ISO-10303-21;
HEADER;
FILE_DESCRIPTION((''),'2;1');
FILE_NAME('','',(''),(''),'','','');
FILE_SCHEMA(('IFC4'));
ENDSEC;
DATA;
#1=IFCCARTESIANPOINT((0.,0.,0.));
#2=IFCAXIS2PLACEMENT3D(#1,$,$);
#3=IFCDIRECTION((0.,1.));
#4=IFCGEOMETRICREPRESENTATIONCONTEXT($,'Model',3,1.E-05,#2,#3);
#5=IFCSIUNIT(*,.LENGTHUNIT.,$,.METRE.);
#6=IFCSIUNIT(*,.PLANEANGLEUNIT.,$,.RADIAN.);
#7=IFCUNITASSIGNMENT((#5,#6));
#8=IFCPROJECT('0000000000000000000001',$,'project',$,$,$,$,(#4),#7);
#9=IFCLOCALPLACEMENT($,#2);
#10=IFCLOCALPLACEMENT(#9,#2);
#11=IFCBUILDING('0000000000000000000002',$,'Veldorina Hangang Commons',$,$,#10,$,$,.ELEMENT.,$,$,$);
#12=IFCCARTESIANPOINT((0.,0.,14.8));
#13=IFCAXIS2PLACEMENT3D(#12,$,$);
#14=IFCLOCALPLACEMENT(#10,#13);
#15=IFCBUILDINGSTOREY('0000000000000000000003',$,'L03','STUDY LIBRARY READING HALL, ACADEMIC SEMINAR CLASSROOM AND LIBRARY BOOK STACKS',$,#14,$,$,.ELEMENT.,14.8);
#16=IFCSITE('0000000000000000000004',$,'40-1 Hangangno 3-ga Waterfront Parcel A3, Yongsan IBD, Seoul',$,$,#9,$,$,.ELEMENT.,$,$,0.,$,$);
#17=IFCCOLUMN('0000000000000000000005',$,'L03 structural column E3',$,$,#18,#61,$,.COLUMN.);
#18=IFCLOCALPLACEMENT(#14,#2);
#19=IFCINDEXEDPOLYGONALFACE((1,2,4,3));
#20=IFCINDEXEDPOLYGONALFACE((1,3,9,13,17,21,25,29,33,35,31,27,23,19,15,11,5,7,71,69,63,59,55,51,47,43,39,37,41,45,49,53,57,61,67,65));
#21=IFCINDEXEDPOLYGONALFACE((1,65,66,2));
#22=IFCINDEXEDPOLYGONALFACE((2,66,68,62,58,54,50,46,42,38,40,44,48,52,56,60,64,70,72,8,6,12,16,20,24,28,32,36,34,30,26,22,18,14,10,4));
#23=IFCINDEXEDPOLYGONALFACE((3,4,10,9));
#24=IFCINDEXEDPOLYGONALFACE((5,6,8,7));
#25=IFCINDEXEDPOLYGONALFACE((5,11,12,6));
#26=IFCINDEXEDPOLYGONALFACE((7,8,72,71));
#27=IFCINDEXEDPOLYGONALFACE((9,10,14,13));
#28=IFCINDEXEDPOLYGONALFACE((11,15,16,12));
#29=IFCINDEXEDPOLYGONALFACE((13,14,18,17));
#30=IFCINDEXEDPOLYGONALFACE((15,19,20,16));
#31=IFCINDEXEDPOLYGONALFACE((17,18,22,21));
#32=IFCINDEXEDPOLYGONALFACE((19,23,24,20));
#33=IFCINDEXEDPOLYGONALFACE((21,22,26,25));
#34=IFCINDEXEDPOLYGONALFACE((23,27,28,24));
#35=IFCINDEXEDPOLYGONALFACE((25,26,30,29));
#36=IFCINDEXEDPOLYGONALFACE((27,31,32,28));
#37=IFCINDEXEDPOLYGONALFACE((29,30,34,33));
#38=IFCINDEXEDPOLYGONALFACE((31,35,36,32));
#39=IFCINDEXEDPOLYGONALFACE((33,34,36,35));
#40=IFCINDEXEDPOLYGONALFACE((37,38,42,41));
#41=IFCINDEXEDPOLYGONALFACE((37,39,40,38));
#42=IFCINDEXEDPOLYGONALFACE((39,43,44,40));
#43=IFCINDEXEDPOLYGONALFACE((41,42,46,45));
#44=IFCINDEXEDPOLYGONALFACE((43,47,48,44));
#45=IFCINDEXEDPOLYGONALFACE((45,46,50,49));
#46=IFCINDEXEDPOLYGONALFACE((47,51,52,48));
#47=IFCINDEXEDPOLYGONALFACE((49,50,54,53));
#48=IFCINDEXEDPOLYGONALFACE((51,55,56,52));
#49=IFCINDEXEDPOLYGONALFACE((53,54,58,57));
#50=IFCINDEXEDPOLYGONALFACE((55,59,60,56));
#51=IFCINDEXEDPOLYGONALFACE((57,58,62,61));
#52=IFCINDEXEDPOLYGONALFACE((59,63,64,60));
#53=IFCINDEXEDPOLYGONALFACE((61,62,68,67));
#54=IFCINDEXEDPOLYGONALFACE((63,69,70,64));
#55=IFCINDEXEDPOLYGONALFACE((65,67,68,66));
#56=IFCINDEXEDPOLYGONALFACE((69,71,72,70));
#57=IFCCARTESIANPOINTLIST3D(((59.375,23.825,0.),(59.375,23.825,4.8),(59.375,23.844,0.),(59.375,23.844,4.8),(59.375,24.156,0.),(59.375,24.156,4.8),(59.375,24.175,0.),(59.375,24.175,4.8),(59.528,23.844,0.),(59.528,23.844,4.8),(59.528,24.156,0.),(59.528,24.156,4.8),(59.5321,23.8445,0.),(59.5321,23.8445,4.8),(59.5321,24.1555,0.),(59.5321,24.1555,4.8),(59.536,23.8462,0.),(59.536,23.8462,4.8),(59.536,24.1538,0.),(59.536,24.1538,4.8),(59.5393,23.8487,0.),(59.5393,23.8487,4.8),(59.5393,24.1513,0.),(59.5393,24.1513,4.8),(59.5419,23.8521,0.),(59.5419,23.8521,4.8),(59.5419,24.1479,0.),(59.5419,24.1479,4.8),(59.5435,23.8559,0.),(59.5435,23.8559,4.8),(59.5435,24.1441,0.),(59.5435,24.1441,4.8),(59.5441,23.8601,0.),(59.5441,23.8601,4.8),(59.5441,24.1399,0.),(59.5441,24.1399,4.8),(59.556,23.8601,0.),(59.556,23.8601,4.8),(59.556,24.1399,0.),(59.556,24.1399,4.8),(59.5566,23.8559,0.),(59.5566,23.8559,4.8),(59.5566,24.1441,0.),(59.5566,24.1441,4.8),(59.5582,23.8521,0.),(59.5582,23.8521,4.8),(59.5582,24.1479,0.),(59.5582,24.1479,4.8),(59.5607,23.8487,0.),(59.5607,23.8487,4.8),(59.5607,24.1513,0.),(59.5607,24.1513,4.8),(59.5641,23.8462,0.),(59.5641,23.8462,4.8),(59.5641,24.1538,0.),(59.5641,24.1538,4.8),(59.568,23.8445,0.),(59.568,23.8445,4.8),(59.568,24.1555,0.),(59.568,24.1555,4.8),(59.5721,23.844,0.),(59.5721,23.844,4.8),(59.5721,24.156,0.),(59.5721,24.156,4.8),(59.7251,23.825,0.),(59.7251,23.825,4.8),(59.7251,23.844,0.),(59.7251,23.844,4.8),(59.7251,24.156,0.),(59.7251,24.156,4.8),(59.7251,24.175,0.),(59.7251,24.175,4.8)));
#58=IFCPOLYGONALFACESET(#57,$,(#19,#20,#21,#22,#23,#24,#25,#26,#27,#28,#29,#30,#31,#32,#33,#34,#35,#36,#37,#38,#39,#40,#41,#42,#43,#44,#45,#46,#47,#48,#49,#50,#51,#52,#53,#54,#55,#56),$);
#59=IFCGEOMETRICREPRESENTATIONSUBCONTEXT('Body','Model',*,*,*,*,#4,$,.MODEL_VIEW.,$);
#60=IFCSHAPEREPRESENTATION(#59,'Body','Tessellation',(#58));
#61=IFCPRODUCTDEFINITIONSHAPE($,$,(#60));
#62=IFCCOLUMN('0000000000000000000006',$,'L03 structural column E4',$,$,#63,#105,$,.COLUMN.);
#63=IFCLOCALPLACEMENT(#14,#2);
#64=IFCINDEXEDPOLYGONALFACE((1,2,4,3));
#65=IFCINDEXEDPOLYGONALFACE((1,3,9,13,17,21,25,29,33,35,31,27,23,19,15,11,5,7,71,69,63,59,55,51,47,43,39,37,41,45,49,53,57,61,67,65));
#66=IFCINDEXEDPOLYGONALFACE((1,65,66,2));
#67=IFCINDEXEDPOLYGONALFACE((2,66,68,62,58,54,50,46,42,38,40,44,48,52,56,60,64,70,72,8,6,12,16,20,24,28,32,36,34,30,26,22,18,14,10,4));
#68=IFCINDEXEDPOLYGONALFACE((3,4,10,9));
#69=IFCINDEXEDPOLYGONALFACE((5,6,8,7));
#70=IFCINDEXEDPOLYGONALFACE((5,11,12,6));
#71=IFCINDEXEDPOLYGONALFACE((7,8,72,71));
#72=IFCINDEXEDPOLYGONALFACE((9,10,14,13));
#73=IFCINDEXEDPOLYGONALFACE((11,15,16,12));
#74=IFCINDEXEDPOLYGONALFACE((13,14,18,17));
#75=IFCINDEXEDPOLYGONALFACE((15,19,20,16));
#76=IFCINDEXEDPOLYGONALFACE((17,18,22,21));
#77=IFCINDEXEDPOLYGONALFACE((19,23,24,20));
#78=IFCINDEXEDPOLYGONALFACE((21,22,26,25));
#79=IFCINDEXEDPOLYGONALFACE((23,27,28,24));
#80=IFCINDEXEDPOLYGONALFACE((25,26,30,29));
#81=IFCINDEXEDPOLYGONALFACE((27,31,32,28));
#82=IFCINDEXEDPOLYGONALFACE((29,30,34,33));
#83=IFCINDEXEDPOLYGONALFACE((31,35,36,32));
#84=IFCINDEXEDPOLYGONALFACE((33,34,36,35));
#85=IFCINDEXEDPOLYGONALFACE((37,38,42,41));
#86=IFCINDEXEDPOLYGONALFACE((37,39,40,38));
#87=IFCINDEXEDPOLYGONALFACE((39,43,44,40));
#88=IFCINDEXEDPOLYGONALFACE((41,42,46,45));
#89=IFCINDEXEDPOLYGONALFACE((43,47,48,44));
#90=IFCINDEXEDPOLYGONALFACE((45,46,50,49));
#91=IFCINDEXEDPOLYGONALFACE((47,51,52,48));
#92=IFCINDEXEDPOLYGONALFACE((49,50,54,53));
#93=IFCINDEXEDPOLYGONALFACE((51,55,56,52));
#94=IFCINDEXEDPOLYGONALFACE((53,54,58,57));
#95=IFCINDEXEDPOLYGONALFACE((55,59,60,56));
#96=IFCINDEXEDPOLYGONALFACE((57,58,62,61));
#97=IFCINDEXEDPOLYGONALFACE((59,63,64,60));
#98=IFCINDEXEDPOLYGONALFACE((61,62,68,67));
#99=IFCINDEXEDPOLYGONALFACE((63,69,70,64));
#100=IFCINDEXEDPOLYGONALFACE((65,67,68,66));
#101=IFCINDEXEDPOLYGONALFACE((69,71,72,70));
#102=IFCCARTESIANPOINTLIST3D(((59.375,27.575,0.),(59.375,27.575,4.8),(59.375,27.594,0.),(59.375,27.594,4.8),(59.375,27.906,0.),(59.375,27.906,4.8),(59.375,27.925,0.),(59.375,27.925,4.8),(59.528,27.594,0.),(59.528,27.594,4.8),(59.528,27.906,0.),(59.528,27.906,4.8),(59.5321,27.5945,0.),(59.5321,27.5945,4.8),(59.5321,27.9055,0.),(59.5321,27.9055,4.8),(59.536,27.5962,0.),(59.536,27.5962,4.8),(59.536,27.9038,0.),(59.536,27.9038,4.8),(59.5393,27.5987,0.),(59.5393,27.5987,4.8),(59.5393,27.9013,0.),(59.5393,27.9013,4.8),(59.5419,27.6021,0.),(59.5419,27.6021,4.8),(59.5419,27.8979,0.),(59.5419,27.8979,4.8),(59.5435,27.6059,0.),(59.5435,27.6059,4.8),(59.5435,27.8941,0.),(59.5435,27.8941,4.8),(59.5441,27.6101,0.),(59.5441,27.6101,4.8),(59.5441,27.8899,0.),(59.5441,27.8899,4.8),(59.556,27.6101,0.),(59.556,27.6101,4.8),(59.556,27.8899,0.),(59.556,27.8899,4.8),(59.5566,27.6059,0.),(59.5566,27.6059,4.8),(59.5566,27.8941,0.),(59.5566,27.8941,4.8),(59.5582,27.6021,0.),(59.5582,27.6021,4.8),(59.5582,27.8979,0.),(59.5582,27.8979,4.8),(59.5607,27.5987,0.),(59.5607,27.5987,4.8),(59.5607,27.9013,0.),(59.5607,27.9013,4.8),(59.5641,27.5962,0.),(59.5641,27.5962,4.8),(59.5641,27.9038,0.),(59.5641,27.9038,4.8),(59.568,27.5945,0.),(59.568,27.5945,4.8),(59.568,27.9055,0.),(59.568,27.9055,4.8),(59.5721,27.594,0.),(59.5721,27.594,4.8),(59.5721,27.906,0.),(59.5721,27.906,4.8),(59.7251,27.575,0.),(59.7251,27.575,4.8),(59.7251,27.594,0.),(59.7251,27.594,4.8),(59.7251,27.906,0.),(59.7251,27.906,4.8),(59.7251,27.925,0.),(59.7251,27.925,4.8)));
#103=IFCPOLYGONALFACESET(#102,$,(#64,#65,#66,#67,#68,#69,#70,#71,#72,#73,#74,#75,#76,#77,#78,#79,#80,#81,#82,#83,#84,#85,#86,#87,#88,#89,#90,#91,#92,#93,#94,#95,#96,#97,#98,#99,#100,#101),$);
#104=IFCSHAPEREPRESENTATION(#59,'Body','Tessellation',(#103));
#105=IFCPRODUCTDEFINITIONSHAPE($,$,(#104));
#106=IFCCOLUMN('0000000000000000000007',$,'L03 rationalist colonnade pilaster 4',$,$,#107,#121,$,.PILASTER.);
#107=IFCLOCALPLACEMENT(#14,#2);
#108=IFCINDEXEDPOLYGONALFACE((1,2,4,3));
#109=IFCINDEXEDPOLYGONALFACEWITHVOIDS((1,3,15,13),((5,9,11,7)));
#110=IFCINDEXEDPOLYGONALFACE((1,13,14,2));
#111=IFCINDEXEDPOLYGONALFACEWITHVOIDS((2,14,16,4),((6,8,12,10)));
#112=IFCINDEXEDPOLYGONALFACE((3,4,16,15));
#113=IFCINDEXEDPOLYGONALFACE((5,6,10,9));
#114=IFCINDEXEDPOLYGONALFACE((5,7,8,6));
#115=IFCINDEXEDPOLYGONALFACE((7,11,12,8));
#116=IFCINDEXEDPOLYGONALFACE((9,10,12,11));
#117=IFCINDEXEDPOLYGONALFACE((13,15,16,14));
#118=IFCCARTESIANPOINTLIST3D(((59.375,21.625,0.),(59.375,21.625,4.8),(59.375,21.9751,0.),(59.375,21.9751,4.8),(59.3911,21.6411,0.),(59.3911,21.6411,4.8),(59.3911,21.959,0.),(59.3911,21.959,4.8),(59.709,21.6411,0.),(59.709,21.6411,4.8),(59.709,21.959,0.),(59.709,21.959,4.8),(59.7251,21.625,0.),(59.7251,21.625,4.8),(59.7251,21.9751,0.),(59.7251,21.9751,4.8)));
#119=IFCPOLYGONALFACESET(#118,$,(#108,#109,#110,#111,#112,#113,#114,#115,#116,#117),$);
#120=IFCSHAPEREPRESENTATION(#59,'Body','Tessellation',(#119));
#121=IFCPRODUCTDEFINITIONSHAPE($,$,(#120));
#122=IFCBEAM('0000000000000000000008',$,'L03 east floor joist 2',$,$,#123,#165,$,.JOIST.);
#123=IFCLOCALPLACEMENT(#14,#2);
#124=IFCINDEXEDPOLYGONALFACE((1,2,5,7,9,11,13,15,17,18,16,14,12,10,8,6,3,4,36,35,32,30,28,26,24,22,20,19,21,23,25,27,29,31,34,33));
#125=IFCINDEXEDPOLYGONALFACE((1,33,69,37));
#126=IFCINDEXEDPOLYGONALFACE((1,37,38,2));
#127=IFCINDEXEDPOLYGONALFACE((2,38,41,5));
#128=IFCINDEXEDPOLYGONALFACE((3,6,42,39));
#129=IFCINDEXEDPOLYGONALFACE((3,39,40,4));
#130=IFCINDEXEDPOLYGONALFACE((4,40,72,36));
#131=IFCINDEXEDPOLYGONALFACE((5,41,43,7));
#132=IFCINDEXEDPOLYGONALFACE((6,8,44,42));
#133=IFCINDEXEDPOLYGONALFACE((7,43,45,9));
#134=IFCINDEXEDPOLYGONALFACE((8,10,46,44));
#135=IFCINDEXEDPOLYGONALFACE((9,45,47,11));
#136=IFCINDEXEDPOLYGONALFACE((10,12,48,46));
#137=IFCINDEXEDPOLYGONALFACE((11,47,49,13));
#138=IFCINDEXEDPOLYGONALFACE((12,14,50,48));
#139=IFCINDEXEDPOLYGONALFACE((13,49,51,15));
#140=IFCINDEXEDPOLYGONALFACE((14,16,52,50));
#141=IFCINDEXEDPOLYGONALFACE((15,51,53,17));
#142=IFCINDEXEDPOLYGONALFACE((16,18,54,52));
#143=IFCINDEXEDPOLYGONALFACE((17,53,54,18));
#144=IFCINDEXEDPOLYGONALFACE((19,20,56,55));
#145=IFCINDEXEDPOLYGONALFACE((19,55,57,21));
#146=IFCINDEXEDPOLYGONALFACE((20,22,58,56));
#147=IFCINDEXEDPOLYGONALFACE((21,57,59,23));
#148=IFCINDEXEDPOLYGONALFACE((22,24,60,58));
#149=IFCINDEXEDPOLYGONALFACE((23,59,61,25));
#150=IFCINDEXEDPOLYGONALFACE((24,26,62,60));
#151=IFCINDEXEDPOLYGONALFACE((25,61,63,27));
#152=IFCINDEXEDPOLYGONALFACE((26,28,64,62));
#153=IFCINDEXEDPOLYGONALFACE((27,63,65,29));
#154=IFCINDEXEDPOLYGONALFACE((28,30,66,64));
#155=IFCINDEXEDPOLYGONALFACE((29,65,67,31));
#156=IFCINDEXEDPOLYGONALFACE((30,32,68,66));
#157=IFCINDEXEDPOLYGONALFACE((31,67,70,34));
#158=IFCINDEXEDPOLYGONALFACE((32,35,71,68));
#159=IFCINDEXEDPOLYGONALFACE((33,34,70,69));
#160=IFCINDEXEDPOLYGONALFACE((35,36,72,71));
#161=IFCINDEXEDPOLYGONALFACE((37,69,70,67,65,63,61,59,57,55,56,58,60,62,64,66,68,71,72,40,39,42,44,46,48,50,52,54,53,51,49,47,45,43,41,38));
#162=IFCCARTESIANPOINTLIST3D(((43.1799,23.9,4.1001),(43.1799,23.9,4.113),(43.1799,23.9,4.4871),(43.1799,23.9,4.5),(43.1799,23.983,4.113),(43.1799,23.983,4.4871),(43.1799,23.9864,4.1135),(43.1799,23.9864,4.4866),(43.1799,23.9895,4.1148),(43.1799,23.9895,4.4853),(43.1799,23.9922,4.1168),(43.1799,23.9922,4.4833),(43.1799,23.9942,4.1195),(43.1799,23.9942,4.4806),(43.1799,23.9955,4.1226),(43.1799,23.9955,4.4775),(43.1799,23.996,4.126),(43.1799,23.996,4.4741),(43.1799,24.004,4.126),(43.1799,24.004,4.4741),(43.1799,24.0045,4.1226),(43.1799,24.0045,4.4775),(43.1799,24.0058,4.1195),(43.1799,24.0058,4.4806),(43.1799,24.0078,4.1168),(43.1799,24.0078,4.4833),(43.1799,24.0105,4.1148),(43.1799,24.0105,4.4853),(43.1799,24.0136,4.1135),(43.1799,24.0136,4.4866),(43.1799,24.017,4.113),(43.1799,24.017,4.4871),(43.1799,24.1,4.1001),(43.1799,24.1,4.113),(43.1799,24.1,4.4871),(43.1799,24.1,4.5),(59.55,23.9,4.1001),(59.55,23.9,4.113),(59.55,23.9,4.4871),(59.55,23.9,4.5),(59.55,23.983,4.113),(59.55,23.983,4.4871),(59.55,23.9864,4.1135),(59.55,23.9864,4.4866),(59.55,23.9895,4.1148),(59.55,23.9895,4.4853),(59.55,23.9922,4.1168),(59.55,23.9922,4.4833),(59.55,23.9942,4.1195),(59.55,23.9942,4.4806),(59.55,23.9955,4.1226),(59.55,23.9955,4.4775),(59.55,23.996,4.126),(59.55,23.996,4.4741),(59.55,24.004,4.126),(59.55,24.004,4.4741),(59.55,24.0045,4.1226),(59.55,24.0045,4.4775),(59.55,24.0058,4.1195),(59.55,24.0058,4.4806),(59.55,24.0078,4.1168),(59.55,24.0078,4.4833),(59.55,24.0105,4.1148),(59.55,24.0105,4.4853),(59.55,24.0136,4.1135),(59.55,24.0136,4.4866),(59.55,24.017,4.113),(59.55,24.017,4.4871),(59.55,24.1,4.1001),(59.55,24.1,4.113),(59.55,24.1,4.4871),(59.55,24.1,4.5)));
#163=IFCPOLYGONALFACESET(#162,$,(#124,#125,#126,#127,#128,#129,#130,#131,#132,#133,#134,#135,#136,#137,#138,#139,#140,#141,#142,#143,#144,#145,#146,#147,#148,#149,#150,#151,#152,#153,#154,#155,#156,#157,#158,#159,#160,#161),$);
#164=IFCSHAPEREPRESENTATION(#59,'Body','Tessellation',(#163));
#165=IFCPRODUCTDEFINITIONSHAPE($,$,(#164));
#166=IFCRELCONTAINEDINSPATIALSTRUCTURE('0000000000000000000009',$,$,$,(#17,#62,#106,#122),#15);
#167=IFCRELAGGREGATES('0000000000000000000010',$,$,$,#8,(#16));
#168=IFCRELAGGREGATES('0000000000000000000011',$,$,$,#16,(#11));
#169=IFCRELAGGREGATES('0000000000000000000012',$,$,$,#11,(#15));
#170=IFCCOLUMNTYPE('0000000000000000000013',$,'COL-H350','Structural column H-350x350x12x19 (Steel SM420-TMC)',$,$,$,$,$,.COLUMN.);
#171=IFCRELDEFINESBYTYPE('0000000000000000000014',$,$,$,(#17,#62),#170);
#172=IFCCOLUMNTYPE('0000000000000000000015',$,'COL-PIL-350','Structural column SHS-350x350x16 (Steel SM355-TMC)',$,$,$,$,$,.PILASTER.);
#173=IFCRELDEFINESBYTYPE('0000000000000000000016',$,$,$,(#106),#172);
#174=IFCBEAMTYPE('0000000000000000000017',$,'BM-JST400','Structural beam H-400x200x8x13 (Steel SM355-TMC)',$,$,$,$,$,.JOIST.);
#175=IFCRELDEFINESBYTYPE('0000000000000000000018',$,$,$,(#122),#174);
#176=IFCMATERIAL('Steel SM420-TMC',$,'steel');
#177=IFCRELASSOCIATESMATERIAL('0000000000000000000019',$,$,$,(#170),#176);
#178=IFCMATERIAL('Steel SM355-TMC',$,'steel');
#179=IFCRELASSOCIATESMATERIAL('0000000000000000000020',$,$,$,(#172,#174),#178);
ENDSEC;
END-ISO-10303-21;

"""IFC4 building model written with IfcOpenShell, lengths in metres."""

from ifc_helpers import new_model, si_unit, direction, frame, origin, origin_2d, place, context, subcontext, project, spatial, hollow_rectangle, i_section, extrude, material, material_profile, profile_set, type_object, element, save


model = new_model("IFC4")

# Units and contexts
model_context = context("Model", 3, precision=1e-05, world=origin(), true_north=direction((0.0, 1.0)))
body_context = subcontext(model_context, "Body", "Model", "MODEL_VIEW")
ifc_project = project(units=[si_unit("LENGTHUNIT", "METRE"), si_unit("PLANEANGLEUNIT", "RADIAN")], contexts=[model_context])

# Site, building, storey
site_placement = place(None, origin())
site = spatial("IfcSite", under=ifc_project, at=site_placement, Name="40-1 Hangangno 3-ga Waterfront Parcel A3, Yongsan IBD, Seoul", CompositionType="ELEMENT", RefElevation=0.0)
building_placement = place(site_placement, origin())
building = spatial("IfcBuilding", under=site, at=building_placement, Name="Veldorina Hangang Commons", CompositionType="ELEMENT")
storey_placement = place(building_placement, frame((0.0, 0.0, 14.8)))
storey = spatial("IfcBuildingStorey", under=building, at=storey_placement, Name="L03", Description="STUDY LIBRARY READING HALL, ACADEMIC SEMINAR CLASSROOM AND LIBRARY BOOK STACKS", CompositionType="ELEMENT", Elevation=14.8)

# Columns
ifc_material_1 = material(Name="Steel SM420-TMC", Category="steel")
ifc_material_profile_1 = material_profile(ifc_material_1, i_section(OverallWidth=0.3501, OverallDepth=0.3501, WebThickness=0.012, FlangeThickness=0.019, FilletRadius=0.0161, at=origin_2d()), Name="H-350x350x12x19")
ifc_profile_set_1 = profile_set([ifc_material_profile_1], Name="Steel SM420-TMC")
column_type_1 = type_object("IfcColumnType", Name="COL-H350", Description="Structural column H-350x350x12x19 (Steel SM420-TMC)", PredefinedType="COLUMN", material=ifc_profile_set_1)
for number, where, z_axis, x_axis, name in (
    (1, (59.55, 24.0, 0.0), (0.0, 0.0, 1.0), (1.0, 0.0, 0.0), "L03 structural column E3"),
    (2, (59.55, 27.75, 0.0), (0.0, 0.0, 1.0), (1.0, 0.0, 0.0), "L03 structural column E4"),
):
    element("IfcColumn", number, at=place(storey_placement, frame(where, z_axis=z_axis, x_axis=x_axis)), inside=storey, type_object=column_type_1, Name=name, PredefinedType="COLUMN", context=body_context, shape_type="SweptSolid", body=[
        extrude(i_section(OverallWidth=0.3501, OverallDepth=0.3501, WebThickness=0.012, FlangeThickness=0.019, FilletRadius=0.0161, at=origin_2d()), origin(), (0.0, 0.0, 1.0), 4.8),
    ])
ifc_material_2 = material(Name="Steel SM355-TMC", Category="steel")
ifc_material_profile_2 = material_profile(ifc_material_2, hollow_rectangle(XDim=0.3501, YDim=0.3501, WallThickness=0.0161, at=origin_2d()), Name="SHS-350x350x16")
ifc_profile_set_2 = profile_set([ifc_material_profile_2], Name="Steel SM355-TMC")
column_type_2 = type_object("IfcColumnType", Name="COL-PIL-350", Description="Structural column SHS-350x350x16 (Steel SM355-TMC)", PredefinedType="PILASTER", material=ifc_profile_set_2)
column_placement = place(storey_placement, frame((59.55, 21.8, 0.0), z_axis=(0.0, 0.0, 1.0), x_axis=(1.0, 0.0, 0.0)))
element("IfcColumn", 3, at=column_placement, inside=storey, type_object=column_type_2, Name="L03 rationalist colonnade pilaster 4", PredefinedType="PILASTER", context=body_context, shape_type="SweptSolid", body=[
    extrude(hollow_rectangle(XDim=0.3501, YDim=0.3501, WallThickness=0.0161, at=origin_2d()), origin(), (0.0, 0.0, 1.0), 4.8),
])

# Beam
ifc_material_profile_3 = material_profile(ifc_material_2, i_section(OverallWidth=0.2, OverallDepth=0.3999, WebThickness=0.0081, FlangeThickness=0.0129, FilletRadius=0.0129, at=origin_2d()), Name="H-400x200x8x13")
ifc_profile_set_3 = profile_set([ifc_material_profile_3], Name="Steel SM355-TMC")
beam_type_1 = type_object("IfcBeamType", Name="BM-JST400", Description="Structural beam H-400x200x8x13 (Steel SM355-TMC)", PredefinedType="JOIST", material=ifc_profile_set_3)
for number, where, z_axis, x_axis, name in (
    (4, (43.1799, 24.0, 4.3), (1.0, 0.0, 0.0), (0.0, 1.0, 0.0), "L03 east floor joist 2"),
):
    element("IfcBeam", number, at=place(storey_placement, frame(where, z_axis=z_axis, x_axis=x_axis)), inside=storey, type_object=beam_type_1, Name=name, PredefinedType="JOIST", context=body_context, shape_type="SweptSolid", body=[
        extrude(i_section(OverallWidth=0.2, OverallDepth=0.3999, WebThickness=0.0081, FlangeThickness=0.0129, FilletRadius=0.0129, at=origin_2d()), origin(), (0.0, 0.0, 1.0), 16.3701),
    ])

save(model, "model.ifc")
